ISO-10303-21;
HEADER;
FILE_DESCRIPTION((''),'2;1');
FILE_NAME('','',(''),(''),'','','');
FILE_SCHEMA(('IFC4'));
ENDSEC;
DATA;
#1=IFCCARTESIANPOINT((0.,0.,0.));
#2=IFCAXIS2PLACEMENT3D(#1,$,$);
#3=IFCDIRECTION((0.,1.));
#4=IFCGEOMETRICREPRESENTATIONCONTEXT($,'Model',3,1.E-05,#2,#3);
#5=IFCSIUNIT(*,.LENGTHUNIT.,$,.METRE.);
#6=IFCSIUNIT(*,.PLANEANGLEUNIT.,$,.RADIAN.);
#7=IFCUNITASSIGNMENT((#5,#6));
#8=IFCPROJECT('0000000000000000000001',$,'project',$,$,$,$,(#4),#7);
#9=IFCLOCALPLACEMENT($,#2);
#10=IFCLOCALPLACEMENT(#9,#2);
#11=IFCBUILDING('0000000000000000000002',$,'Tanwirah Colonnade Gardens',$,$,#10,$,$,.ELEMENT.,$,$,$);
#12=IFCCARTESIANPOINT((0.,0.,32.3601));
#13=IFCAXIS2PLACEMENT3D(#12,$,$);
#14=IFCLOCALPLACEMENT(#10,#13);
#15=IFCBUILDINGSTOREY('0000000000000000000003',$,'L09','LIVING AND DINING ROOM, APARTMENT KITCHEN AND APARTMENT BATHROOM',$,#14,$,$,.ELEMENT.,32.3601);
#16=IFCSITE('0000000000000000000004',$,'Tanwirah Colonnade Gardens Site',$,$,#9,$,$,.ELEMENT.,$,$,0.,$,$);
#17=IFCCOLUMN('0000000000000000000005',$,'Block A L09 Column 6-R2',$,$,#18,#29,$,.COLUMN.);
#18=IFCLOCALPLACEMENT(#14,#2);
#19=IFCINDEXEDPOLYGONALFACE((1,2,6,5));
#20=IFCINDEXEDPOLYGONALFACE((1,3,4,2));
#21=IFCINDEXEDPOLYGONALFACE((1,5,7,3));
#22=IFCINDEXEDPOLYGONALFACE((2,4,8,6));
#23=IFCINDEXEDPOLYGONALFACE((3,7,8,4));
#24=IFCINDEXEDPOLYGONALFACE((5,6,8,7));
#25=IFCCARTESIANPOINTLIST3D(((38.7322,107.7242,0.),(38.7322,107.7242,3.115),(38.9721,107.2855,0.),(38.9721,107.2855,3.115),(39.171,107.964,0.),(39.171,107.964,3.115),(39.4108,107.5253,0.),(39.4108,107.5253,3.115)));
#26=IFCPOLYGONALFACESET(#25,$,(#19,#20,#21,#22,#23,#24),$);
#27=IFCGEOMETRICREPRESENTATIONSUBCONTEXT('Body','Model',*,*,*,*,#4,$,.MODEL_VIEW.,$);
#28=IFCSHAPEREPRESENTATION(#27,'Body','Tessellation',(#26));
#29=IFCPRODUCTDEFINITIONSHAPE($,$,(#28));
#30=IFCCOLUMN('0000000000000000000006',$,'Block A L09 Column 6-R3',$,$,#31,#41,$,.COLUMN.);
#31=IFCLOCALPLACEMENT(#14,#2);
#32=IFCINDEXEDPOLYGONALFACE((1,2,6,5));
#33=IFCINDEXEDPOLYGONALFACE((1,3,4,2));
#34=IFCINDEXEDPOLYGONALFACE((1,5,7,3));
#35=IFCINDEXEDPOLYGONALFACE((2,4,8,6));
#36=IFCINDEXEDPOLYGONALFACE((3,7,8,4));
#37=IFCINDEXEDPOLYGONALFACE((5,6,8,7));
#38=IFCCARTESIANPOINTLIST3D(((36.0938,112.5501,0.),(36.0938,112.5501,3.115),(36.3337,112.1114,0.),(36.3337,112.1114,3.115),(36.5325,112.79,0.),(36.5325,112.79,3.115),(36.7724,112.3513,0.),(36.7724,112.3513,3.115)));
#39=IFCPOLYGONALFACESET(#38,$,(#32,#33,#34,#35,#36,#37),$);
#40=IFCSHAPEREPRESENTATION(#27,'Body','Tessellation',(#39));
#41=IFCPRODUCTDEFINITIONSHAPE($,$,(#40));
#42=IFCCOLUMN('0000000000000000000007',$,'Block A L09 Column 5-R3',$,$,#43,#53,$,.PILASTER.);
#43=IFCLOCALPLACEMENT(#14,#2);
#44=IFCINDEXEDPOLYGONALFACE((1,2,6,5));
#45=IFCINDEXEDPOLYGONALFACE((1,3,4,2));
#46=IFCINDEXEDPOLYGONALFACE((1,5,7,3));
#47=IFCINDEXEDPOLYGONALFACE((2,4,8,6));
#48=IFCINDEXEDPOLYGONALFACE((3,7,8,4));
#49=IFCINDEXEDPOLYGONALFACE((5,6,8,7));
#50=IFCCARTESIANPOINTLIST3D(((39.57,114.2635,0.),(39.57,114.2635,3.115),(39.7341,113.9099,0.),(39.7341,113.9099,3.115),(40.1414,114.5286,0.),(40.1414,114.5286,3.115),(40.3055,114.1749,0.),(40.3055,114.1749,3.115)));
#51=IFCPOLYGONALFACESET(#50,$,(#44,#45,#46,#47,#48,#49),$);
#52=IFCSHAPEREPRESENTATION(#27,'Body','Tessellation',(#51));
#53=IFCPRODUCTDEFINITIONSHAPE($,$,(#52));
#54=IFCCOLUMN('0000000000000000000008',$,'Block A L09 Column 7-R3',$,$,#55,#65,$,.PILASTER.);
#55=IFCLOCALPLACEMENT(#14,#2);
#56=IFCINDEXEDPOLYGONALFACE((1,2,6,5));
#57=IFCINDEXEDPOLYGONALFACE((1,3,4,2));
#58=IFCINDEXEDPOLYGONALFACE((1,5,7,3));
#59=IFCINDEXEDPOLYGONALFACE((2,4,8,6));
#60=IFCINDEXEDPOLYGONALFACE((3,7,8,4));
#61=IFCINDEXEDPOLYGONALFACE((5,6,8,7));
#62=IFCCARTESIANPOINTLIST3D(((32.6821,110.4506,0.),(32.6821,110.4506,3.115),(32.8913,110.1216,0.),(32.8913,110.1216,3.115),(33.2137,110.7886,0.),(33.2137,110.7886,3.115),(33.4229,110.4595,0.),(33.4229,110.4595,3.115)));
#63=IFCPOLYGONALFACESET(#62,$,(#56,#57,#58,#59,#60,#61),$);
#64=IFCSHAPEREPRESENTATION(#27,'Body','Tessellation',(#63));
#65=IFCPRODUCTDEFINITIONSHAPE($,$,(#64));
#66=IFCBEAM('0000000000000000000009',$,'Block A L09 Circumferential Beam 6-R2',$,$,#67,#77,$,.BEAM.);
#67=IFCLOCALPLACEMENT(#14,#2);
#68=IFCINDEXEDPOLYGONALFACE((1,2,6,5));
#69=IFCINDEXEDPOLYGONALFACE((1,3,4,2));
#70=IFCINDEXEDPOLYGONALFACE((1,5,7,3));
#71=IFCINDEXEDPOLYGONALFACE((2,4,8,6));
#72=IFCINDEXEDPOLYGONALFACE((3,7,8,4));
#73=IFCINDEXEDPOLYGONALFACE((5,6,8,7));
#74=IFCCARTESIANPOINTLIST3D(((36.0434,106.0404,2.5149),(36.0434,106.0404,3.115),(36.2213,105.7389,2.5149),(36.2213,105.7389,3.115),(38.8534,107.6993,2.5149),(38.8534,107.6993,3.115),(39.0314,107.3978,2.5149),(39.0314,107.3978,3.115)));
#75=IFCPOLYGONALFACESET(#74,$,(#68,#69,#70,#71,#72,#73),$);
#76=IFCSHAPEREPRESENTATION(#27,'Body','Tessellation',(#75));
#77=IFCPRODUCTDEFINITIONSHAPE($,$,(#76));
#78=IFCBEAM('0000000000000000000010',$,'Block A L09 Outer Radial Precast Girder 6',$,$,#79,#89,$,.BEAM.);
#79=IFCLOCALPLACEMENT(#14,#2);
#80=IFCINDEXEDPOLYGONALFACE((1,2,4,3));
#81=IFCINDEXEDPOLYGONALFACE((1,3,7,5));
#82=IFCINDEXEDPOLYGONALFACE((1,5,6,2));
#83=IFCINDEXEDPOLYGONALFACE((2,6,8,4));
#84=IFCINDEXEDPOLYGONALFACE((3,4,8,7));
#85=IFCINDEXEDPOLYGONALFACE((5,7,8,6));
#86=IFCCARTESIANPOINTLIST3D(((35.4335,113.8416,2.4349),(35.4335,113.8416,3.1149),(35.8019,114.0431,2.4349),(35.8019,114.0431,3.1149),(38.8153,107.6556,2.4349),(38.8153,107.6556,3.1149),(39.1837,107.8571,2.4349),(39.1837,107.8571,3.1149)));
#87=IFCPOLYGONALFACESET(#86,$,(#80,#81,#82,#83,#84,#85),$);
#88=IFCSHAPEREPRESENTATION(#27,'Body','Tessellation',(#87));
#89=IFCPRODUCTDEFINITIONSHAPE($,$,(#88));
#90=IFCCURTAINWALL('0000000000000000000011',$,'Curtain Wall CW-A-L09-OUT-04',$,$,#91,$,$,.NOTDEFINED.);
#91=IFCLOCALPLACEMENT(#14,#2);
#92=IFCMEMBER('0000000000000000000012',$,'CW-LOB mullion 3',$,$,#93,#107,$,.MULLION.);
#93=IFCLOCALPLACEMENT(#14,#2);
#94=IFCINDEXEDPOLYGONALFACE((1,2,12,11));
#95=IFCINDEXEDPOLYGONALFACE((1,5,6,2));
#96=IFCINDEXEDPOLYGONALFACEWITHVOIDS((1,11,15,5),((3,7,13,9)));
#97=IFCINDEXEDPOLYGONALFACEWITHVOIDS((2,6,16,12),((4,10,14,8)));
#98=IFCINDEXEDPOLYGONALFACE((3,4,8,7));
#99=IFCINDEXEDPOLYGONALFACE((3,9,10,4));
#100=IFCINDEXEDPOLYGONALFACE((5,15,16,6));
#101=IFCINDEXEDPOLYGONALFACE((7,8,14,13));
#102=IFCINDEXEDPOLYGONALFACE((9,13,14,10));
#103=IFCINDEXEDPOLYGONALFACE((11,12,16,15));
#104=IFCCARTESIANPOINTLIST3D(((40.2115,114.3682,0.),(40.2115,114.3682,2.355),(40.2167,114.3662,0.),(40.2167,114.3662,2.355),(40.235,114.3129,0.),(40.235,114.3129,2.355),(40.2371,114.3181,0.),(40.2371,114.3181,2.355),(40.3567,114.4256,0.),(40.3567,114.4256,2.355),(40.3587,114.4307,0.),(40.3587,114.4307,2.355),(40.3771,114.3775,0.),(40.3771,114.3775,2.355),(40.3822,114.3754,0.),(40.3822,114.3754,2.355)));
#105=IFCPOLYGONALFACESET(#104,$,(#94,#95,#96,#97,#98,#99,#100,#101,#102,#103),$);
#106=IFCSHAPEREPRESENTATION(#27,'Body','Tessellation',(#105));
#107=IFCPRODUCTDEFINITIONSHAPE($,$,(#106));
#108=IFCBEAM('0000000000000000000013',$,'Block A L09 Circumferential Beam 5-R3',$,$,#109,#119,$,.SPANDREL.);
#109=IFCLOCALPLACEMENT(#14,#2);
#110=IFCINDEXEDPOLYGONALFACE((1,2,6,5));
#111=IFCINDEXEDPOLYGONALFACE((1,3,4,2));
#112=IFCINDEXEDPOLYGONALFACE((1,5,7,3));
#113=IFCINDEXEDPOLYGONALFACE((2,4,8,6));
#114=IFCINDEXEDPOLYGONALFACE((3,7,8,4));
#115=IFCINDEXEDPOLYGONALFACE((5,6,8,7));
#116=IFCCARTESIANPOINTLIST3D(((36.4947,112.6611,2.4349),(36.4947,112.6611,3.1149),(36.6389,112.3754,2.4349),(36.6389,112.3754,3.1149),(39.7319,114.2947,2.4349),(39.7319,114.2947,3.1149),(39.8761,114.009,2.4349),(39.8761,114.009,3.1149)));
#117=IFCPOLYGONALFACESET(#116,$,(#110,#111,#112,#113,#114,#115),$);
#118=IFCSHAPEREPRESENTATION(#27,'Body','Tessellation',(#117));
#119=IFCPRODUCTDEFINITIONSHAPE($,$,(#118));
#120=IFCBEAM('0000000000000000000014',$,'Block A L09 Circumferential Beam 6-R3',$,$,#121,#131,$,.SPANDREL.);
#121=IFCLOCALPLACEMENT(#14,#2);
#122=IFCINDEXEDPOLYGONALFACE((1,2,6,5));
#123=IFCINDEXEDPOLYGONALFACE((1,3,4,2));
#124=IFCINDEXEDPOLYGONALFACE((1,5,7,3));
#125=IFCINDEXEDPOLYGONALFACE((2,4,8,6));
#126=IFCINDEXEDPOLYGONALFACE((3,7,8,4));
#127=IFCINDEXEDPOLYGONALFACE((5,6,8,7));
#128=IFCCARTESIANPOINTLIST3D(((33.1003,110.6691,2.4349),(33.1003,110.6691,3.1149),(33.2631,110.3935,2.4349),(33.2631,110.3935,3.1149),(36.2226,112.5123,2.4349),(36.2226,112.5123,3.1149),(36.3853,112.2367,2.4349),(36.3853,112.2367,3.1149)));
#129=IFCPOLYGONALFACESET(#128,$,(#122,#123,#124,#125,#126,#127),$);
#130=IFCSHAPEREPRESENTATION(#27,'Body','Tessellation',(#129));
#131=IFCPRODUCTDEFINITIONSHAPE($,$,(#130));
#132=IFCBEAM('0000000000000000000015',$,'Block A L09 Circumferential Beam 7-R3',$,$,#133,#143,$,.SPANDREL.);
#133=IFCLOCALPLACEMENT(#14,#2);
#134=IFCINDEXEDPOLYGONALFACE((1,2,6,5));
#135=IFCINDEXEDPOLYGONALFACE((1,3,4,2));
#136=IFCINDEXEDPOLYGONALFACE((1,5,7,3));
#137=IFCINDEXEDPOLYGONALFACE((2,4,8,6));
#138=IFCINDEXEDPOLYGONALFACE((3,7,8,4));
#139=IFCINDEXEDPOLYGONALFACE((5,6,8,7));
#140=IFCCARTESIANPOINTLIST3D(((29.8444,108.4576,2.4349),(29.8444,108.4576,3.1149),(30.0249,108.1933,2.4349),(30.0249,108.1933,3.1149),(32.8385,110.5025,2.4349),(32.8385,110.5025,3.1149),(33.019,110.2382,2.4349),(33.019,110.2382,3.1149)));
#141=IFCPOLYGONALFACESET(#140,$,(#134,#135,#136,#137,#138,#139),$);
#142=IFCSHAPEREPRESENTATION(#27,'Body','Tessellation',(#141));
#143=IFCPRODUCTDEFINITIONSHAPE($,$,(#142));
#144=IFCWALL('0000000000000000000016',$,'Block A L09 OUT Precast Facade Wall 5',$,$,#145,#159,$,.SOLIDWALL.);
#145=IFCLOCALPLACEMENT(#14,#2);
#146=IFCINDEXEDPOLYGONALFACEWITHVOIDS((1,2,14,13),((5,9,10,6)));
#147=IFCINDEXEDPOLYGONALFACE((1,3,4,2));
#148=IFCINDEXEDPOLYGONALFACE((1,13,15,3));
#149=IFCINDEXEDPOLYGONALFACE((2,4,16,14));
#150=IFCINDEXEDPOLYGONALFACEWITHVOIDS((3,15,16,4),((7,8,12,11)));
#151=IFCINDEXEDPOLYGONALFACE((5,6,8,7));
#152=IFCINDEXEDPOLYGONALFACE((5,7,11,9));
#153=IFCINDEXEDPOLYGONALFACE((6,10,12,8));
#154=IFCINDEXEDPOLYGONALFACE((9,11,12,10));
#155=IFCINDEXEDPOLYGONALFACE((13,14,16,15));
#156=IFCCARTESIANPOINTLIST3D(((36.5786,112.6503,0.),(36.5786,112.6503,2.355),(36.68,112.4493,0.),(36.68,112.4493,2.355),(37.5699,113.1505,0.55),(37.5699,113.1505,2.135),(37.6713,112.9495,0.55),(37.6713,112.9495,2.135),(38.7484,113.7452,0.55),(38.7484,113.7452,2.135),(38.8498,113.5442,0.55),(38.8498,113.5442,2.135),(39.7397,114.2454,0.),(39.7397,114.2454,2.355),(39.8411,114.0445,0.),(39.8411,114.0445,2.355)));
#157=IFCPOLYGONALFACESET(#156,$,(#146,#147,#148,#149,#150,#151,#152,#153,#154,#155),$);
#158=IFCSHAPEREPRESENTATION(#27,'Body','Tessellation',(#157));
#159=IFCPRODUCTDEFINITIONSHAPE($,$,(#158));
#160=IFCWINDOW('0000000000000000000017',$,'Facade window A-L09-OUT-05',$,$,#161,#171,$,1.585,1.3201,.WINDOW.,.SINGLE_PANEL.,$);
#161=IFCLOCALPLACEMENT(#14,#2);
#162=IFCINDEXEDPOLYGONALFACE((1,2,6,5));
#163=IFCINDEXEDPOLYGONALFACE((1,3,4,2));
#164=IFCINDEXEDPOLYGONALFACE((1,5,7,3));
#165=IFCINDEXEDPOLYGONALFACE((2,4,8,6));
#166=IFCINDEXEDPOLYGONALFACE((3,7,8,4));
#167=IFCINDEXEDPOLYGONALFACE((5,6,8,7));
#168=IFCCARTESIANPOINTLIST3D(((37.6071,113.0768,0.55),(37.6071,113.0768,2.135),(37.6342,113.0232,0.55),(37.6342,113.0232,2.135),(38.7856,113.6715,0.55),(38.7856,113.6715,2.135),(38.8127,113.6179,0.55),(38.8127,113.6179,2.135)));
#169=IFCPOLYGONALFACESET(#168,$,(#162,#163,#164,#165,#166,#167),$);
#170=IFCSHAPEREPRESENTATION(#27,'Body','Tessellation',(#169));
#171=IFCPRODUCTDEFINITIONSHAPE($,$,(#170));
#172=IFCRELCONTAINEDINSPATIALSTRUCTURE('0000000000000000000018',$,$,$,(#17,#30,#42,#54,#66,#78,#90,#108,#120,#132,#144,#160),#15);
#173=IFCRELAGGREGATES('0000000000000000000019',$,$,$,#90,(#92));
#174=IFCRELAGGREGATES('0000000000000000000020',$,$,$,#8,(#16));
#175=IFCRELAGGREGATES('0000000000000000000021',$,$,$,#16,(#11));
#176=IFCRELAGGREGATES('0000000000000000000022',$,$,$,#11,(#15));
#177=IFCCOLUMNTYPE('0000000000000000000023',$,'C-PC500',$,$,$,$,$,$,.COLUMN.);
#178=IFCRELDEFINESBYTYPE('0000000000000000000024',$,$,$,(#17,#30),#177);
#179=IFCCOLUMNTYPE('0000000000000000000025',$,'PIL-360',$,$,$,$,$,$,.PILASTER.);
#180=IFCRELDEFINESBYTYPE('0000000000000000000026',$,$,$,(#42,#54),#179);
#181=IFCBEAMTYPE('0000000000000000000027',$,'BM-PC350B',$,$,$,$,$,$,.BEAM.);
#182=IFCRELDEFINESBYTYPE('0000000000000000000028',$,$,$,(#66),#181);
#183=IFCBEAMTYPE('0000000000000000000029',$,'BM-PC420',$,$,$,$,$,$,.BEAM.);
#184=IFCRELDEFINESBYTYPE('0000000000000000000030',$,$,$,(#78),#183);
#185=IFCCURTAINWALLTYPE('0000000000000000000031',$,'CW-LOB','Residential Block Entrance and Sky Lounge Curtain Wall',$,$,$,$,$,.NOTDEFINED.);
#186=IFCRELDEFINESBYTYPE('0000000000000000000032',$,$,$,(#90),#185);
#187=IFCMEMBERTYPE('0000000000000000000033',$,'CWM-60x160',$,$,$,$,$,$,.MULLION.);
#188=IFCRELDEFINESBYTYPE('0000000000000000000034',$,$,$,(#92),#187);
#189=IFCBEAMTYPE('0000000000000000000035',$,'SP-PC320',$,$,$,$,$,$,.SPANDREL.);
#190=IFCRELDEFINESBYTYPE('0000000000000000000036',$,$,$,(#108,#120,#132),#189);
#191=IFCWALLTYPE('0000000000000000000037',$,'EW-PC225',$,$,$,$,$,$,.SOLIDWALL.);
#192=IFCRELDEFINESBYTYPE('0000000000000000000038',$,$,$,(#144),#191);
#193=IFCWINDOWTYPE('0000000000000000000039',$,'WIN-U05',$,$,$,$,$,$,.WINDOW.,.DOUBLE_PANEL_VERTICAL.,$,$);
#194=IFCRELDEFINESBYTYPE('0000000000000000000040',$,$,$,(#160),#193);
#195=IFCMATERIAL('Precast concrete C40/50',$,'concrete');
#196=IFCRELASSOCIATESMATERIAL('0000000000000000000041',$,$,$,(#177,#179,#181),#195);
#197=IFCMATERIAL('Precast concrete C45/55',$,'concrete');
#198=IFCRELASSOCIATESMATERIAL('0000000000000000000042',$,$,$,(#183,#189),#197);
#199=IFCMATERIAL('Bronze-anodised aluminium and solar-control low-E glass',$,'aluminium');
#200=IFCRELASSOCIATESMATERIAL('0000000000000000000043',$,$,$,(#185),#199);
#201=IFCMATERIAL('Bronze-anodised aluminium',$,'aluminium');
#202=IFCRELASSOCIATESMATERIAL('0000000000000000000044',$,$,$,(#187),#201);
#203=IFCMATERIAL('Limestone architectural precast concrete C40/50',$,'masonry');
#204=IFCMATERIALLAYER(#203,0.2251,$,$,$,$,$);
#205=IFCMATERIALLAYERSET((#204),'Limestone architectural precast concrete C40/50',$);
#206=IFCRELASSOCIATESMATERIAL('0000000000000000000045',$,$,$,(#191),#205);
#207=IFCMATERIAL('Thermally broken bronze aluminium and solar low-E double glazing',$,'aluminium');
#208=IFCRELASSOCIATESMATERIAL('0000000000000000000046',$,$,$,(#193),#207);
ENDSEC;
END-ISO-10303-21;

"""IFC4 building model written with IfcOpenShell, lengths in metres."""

from ifc_helpers import new_model, si_unit, direction, frame, frame_2d, origin, origin_2d, place, context, subcontext, project, spatial, rectangle, hollow_rectangle, extrude, material, layer, layer_set, material_profile, profile_set, type_object, element, fill, aggregate, save


model = new_model("IFC4")

# Units and contexts
model_context = context("Model", 3, precision=1e-05, world=origin(), true_north=direction((0.0, 1.0)))
body_context = subcontext(model_context, "Body", "Model", "MODEL_VIEW")
ifc_project = project(units=[si_unit("LENGTHUNIT", "METRE"), si_unit("PLANEANGLEUNIT", "RADIAN")], contexts=[model_context])

# Site, building, storey
site_placement = place(None, origin())
site = spatial("IfcSite", under=ifc_project, at=site_placement, Name="Tanwirah Colonnade Gardens Site", CompositionType="ELEMENT", RefElevation=0.0)
building_placement = place(site_placement, origin())
building = spatial("IfcBuilding", under=site, at=building_placement, Name="Tanwirah Colonnade Gardens", CompositionType="ELEMENT")
storey_placement = place(building_placement, frame((0.0, 0.0, 32.3601)))
storey = spatial("IfcBuildingStorey", under=building, at=storey_placement, Name="L09", Description="LIVING AND DINING ROOM, APARTMENT KITCHEN AND APARTMENT BATHROOM", CompositionType="ELEMENT", Elevation=32.3601)

# Columns
ifc_material_1 = material(Name="Precast concrete C40/50", Category="concrete")
ifc_material_profile_1 = material_profile(ifc_material_1, rectangle(XDim=0.5, YDim=0.5, at=origin_2d()), Name="PC-COL 500x500")
ifc_profile_set_1 = profile_set([ifc_material_profile_1], Name="Precast concrete C40/50")
column_type_1 = type_object("IfcColumnType", Name="C-PC500", PredefinedType="COLUMN", material=ifc_profile_set_1)
for number, where, z_axis, x_axis, name in (
    (1, (39.0715, 107.6248, 0.0), (0.0, 0.0, 1.0), (-0.479713, 0.877425, 0.0), "Block A L09 Column 6-R2"),
    (2, (36.4331, 112.4507, 0.0), (0.0, 0.0, 1.0), (-0.479713, 0.877425, 0.0), "Block A L09 Column 6-R3"),
):
    element("IfcColumn", number, at=place(storey_placement, frame(where, z_axis=z_axis, x_axis=x_axis)), inside=storey, type_object=column_type_1, Name=name, PredefinedType="COLUMN", context=body_context, shape_type="SweptSolid", body=[
        extrude(rectangle(XDim=0.5, YDim=0.5, at=origin_2d()), origin(), (0.0, 0.0, 1.0), 3.115),
    ])
ifc_material_profile_2 = material_profile(ifc_material_1, rectangle(XDim=0.3899, YDim=0.6299, at=origin_2d()), Name="PC-PIL 390x630")
ifc_profile_set_2 = profile_set([ifc_material_profile_2], Name="Precast concrete C40/50")
column_type_2 = type_object("IfcColumnType", Name="PIL-360", PredefinedType="PILASTER", material=ifc_profile_set_2)
for number, where, z_axis, x_axis, name in (
    (3, (39.9377, 114.2192, 0.0), (0.0, 0.0, 1.0), (-0.42086, 0.907126, 0.0), "Block A L09 Column 5-R3"),
    (4, (33.0525, 110.4551, 0.0), (0.0, 0.0, 1.0), (-0.536482, 0.843912, 0.0), "Block A L09 Column 7-R3"),
):
    element("IfcColumn", number, at=place(storey_placement, frame(where, z_axis=z_axis, x_axis=x_axis)), inside=storey, type_object=column_type_2, Name=name, PredefinedType="PILASTER", context=body_context, shape_type="SweptSolid", body=[
        extrude(rectangle(XDim=0.3899, YDim=0.6299, at=origin_2d()), origin(), (0.0, 0.0, 1.0), 3.115),
    ])

# Beams
ifc_material_profile_3 = material_profile(ifc_material_1, rectangle(XDim=0.3501, YDim=0.6001, at=origin_2d()), Name="PC-BM 350x600")
ifc_profile_set_3 = profile_set([ifc_material_profile_3], Name="Precast concrete C40/50")
beam_type_1 = type_object("IfcBeamType", Name="BM-PC350B", PredefinedType="BEAM", material=ifc_profile_set_3)
beam_1_placement = place(storey_placement, frame((38.9424, 107.5486, 2.8149), z_axis=(-0.861135, -0.508376, 0.0), x_axis=(0.508376, -0.861135, 0.0)))
element("IfcBeam", 5, at=beam_1_placement, inside=storey, type_object=beam_type_1, Name="Block A L09 Circumferential Beam 6-R2", PredefinedType="BEAM", context=body_context, shape_type="SweptSolid", body=[
    extrude(rectangle(XDim=0.3501, YDim=0.6001, at=origin_2d()), origin(), (0.0, 0.0, 1.0), 3.2632),
])
ifc_material_2 = material(Name="Precast concrete C45/55", Category="concrete")
ifc_material_profile_4 = material_profile(ifc_material_2, rectangle(XDim=0.4199, YDim=0.6799, at=origin_2d()), Name="PC-BM 420x680")
ifc_profile_set_4 = profile_set([ifc_material_profile_4], Name="Precast concrete C45/55")
beam_type_2 = type_object("IfcBeamType", Name="BM-PC420", PredefinedType="BEAM", material=ifc_profile_set_4)
beam_2_placement = place(storey_placement, frame((38.9995, 107.7563, 2.7749), z_axis=(-0.479687, 0.87744, 0.0), x_axis=(-0.87744, -0.479687, 0.0)))
element("IfcBeam", 6, at=beam_2_placement, inside=storey, type_object=beam_type_2, Name="Block A L09 Outer Radial Precast Girder 6", PredefinedType="BEAM", context=body_context, shape_type="SweptSolid", body=[
    extrude(rectangle(XDim=0.4199, YDim=0.6799, at=origin_2d()), origin(), (0.0, 0.0, 1.0), 7.05),
])

# Curtain wall, member
ifc_material_3 = material(Name="Bronze-anodised aluminium and solar-control low-E glass", Category="aluminium")
curtain_wall_type = type_object("IfcCurtainWallType", Name="CW-LOB", Description="Residential Block Entrance and Sky Lounge Curtain Wall", PredefinedType="NOTDEFINED", material=ifc_material_3)
curtain_wall_placement = place(storey_placement, origin())
curtain_wall = element("IfcCurtainWall", 7, at=curtain_wall_placement, inside=storey, type_object=curtain_wall_type, Name="Curtain Wall CW-A-L09-OUT-04", PredefinedType="NOTDEFINED")
ifc_material_4 = material(Name="Bronze-anodised aluminium", Category="aluminium")
ifc_material_profile_5 = material_profile(ifc_material_4, hollow_rectangle(XDim=0.0601, YDim=0.1599, WallThickness=0.0039, at=origin_2d()), Name="CW-MUL 60x160x4")
ifc_profile_set_5 = profile_set([ifc_material_profile_5], Name="Bronze-anodised aluminium")
member_type = type_object("IfcMemberType", Name="CWM-60x160", PredefinedType="MULLION", material=ifc_profile_set_5)
member_placement = place(storey_placement, frame((40.2969, 114.3718, 0.0), z_axis=(0.0, 0.0, 1.0), x_axis=(0.39073, -0.920505, 0.0)))
member = element("IfcMember", 8, at=member_placement, type_object=member_type, Name="CW-LOB mullion 3", PredefinedType="MULLION", context=body_context, shape_type="SweptSolid", body=[
    extrude(hollow_rectangle(XDim=0.0601, YDim=0.1599, WallThickness=0.0039, at=origin_2d()), origin(), (0.0, 0.0, 1.0), 2.355),
])
aggregate(curtain_wall, [member])

# Beams
ifc_material_profile_6 = material_profile(ifc_material_2, rectangle(XDim=0.3201, YDim=0.6799, at=origin_2d()), Name="PC-SP 320x680")
ifc_profile_set_6 = profile_set([ifc_material_profile_6], Name="Precast concrete C45/55")
beam_type_3 = type_object("IfcBeamType", Name="SP-PC320", PredefinedType="SPANDREL", material=ifc_profile_set_6)
beam_3_placement = place(storey_placement, frame((39.804, 114.1519, 2.7749), z_axis=(-0.892765, -0.450523, 0.0), x_axis=(0.450523, -0.892765, 0.0)))
element("IfcBeam", 9, at=beam_3_placement, inside=storey, type_object=beam_type_3, Name="Block A L09 Circumferential Beam 5-R3", PredefinedType="SPANDREL", context=body_context, shape_type="SweptSolid", body=[
    extrude(rectangle(XDim=0.3201, YDim=0.6799, at=origin_2d()), origin(), (0.0, 0.0, 1.0), 3.626),
])
for number, where, z_axis, x_axis, name in (
    (10, (36.304, 112.3745, 2.7749), (-0.861137, -0.508373, 0.0), (0.508373, -0.861137, 0.0), "Block A L09 Circumferential Beam 6-R3"),
    (11, (32.9287, 110.3704, 2.7749), (-0.825783, -0.563989, 0.0), (0.563989, -0.825783, 0.0), "Block A L09 Circumferential Beam 7-R3"),
):
    element("IfcBeam", number, at=place(storey_placement, frame(where, z_axis=z_axis, x_axis=x_axis)), inside=storey, type_object=beam_type_3, Name=name, PredefinedType="SPANDREL", context=body_context, shape_type="SweptSolid", body=[
        extrude(rectangle(XDim=0.3201, YDim=0.6799, at=origin_2d()), origin(), (0.0, 0.0, 1.0), 3.6257),
    ])

# Wall, opening, window
ifc_material_5 = material(Name="Limestone architectural precast concrete C40/50", Category="masonry")
ifc_layer_1 = layer(ifc_material_5, 0.2251)
ifc_layer_set_1 = layer_set([ifc_layer_1], Name="Limestone architectural precast concrete C40/50")
wall_type_1 = type_object("IfcWallType", Name="EW-PC225", PredefinedType="SOLIDWALL", material=ifc_layer_set_1)
wall_1_placement = place(storey_placement, frame((39.7905, 114.145, 0.0), z_axis=(0.0, 0.0, 1.0), x_axis=(-0.892766, -0.45052, 0.0)))
wall_1 = element("IfcWall", 12, at=wall_1_placement, inside=storey, type_object=wall_type_1, Name="Block A L09 OUT Precast Facade Wall 5", PredefinedType="SOLIDWALL", context=body_context, shape_type="SweptSolid", body=[
    extrude(rectangle(XDim=3.5408, YDim=0.2251, at=frame_2d((1.7705, 0.0))), origin(), (0.0, 0.0, 1.0), 2.355),
])
opening_1_placement = place(wall_1_placement, frame((1.1104, 0.0, 0.55)))
opening_1 = element("IfcOpeningElement", 13, at=opening_1_placement, cuts=wall_1, PredefinedType="OPENING", context=body_context, shape_type="SweptSolid", body=[
    extrude(rectangle(XDim=1.3201, YDim=1.585, at=frame_2d((0.6602, 0.7925))), frame((0.0, 0.1226, 0.0), z_axis=(0.0, -1.0, 0.0), x_axis=(1.0, 0.0, 0.0)), (0.0, 0.0, 1.0), 0.2451),
])
ifc_material_6 = material(Name="Thermally broken bronze aluminium and solar low-E double glazing", Category="aluminium")
window_type_1 = type_object("IfcWindowType", Name="WIN-U05", PartitioningType="DOUBLE_PANEL_VERTICAL", PredefinedType="WINDOW", material=ifc_material_6)
window_1_placement = place(opening_1_placement, origin())
window_1 = element("IfcWindow", 14, at=window_1_placement, inside=storey, type_object=window_type_1, Name="Facade window A-L09-OUT-05", OverallHeight=1.585, OverallWidth=1.3201, PartitioningType="SINGLE_PANEL", PredefinedType="WINDOW", context=body_context, shape_type="SweptSolid", body=[
    extrude(rectangle(XDim=1.3201, YDim=1.585, at=frame_2d((0.6602, 0.7925))), frame((0.0, 0.03, 0.0), z_axis=(0.0, -1.0, 0.0), x_axis=(1.0, 0.0, 0.0)), (0.0, 0.0, 1.0), 0.0601),
])
fill(opening_1, window_1)

save(model, "model.ifc")
